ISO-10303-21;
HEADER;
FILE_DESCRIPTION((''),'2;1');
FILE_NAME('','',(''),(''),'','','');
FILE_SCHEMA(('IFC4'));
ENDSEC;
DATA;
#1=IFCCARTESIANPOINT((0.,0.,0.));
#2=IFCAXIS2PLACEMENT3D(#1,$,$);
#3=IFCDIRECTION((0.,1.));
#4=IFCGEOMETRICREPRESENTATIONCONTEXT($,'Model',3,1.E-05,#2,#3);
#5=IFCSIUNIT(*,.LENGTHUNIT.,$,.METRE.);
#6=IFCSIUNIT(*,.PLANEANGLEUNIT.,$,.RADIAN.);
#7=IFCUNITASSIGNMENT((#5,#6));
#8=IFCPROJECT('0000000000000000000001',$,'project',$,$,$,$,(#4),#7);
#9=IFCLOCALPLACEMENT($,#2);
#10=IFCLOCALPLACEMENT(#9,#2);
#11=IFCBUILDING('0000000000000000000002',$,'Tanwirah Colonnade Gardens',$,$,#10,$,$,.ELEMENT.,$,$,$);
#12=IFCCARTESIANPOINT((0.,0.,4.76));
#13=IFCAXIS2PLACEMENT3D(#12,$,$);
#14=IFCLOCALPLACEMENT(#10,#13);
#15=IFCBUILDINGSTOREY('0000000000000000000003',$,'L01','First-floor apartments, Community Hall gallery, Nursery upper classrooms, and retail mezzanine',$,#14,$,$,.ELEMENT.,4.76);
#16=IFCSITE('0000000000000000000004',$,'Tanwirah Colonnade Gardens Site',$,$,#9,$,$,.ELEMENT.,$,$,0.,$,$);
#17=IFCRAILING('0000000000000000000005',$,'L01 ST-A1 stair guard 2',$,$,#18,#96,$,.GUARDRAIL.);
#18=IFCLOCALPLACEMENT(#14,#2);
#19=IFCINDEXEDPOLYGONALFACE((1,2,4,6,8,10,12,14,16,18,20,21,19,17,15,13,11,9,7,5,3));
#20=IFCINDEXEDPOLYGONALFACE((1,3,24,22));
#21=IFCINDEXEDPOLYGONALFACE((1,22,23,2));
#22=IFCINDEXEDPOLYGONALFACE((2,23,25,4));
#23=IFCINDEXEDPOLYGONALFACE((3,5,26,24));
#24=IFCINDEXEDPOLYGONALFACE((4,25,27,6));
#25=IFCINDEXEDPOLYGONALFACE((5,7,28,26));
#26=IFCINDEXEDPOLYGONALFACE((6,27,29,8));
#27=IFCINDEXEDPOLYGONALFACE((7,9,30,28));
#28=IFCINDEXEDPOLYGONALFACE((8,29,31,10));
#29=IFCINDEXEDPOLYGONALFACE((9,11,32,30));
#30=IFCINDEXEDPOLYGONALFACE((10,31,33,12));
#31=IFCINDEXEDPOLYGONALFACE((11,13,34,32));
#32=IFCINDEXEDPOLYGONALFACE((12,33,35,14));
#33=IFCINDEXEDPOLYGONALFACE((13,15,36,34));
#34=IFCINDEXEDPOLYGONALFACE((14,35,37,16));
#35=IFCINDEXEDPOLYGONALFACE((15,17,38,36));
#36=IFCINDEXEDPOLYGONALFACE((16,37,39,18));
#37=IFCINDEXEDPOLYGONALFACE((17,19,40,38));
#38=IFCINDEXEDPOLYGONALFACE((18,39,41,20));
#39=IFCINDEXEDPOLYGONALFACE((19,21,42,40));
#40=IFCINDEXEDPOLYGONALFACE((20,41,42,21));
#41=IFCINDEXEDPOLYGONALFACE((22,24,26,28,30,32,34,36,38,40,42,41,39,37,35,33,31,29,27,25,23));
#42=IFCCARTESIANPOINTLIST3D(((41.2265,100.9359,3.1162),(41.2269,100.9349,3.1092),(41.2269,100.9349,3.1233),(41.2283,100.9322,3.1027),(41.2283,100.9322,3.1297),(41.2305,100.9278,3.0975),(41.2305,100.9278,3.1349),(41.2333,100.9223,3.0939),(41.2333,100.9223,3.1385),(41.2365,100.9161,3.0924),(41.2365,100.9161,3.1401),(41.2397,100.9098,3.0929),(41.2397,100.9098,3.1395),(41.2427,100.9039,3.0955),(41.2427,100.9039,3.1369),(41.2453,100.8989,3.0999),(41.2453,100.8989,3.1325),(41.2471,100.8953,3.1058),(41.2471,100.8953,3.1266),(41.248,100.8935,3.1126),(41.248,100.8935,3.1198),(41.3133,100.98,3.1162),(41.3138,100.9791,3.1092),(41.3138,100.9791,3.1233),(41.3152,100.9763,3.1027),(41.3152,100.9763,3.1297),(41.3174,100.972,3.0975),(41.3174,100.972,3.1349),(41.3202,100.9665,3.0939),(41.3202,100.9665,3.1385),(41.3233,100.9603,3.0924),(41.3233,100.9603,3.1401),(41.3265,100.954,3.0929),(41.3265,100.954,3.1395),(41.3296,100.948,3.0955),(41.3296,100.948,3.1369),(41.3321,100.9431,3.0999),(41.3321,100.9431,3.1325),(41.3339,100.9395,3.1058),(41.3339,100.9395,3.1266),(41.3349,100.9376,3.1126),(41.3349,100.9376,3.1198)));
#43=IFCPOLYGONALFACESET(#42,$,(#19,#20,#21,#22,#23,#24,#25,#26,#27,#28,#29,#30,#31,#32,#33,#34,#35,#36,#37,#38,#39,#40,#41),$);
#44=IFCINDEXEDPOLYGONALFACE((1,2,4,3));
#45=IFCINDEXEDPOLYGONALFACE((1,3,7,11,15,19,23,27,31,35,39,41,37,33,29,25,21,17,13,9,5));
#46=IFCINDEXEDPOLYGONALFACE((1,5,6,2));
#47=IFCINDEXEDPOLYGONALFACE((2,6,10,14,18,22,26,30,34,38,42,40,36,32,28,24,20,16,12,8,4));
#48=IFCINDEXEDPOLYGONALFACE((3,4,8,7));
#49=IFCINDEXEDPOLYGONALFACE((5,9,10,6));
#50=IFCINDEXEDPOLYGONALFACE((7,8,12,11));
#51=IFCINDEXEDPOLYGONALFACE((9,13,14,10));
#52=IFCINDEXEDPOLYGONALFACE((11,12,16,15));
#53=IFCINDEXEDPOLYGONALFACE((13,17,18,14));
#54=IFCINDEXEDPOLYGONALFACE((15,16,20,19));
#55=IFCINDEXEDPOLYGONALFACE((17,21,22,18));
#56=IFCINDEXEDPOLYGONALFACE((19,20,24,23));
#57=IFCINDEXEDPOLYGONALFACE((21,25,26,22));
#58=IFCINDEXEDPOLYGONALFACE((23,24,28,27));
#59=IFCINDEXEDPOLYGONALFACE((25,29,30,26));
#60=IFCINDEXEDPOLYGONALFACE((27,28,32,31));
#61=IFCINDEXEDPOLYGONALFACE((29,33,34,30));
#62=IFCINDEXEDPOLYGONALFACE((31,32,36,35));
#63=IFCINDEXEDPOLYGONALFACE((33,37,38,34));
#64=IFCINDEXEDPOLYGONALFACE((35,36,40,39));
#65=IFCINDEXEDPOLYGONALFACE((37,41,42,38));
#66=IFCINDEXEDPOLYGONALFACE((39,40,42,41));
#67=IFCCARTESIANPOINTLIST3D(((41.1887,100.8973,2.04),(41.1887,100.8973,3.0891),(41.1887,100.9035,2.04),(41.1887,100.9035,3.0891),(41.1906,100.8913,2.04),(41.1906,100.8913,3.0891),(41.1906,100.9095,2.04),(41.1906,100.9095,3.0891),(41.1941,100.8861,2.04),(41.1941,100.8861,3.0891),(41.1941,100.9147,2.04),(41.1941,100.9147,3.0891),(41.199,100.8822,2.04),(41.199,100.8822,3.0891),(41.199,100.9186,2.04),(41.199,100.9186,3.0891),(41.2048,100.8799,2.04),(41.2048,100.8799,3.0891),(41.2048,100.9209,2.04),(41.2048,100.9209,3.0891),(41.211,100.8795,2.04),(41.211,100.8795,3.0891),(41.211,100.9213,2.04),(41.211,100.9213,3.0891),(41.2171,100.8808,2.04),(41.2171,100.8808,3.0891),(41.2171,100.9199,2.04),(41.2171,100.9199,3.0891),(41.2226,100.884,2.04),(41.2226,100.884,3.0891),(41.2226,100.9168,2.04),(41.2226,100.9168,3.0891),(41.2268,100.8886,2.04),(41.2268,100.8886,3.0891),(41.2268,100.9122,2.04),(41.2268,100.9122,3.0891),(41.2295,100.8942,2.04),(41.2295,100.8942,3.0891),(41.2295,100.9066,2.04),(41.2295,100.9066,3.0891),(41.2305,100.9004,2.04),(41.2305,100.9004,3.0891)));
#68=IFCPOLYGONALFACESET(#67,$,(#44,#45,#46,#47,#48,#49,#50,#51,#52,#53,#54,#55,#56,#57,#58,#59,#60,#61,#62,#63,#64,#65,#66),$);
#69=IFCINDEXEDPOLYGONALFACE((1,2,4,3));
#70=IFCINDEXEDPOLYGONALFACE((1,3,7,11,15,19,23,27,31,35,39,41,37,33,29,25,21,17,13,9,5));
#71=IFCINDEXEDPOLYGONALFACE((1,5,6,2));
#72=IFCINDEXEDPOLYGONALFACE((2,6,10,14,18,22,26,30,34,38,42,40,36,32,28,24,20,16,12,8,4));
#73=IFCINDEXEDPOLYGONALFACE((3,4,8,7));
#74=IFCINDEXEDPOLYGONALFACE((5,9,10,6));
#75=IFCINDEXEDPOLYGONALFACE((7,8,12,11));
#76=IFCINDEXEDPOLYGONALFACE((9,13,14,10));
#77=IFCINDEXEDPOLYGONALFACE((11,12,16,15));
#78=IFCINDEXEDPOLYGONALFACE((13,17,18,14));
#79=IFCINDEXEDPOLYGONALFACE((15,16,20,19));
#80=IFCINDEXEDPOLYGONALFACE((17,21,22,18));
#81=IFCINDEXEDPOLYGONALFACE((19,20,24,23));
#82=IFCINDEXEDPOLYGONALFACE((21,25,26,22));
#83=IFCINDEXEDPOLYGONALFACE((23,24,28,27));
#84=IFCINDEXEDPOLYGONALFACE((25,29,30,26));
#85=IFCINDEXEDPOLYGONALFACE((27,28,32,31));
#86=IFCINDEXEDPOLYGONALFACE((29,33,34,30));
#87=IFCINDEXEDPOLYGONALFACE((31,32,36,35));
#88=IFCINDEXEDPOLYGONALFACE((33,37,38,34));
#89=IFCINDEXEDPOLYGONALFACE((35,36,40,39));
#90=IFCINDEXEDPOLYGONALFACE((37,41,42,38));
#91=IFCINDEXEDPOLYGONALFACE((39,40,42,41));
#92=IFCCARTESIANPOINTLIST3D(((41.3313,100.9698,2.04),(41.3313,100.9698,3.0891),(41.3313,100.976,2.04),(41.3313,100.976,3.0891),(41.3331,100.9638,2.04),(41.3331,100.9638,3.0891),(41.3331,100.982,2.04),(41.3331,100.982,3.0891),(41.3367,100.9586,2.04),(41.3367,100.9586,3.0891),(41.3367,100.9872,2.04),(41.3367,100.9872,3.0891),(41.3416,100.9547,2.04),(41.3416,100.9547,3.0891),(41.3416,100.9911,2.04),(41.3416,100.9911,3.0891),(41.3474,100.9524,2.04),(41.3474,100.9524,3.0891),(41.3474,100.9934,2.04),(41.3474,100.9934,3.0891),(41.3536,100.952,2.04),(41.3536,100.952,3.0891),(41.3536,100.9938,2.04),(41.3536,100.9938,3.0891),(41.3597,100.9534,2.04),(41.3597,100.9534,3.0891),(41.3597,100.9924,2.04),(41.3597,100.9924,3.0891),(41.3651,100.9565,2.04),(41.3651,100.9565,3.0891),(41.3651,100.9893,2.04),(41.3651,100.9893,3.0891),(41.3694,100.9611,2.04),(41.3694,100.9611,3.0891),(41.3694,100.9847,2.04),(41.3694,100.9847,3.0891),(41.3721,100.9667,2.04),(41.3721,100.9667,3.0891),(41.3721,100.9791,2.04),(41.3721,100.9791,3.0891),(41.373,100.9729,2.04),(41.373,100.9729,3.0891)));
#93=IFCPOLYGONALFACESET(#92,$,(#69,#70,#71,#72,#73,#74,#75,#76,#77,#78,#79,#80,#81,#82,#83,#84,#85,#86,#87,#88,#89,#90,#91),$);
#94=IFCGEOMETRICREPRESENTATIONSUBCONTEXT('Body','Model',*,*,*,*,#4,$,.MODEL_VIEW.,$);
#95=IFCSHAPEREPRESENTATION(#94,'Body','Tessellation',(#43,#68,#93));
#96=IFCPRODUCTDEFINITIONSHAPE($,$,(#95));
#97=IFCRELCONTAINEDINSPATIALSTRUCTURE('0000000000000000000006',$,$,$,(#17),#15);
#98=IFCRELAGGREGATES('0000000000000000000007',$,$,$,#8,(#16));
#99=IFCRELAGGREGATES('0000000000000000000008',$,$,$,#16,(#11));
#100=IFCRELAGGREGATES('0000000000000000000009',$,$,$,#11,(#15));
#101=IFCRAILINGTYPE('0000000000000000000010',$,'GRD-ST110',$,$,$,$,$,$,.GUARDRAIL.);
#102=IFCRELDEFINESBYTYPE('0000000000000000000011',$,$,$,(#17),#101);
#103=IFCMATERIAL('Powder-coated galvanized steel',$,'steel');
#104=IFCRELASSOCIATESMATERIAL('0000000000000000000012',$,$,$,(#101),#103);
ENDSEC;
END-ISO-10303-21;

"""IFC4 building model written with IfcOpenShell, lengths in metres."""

from ifc_helpers import new_model, si_unit, direction, frame, origin, origin_2d, place, context, subcontext, project, spatial, circle, extrude, material, type_object, element, save


model = new_model("IFC4")

# Units and contexts
model_context = context("Model", 3, precision=1e-05, world=origin(), true_north=direction((0.0, 1.0)))
body_context = subcontext(model_context, "Body", "Model", "MODEL_VIEW")
ifc_project = project(units=[si_unit("LENGTHUNIT", "METRE"), si_unit("PLANEANGLEUNIT", "RADIAN")], contexts=[model_context])

# Site, building, storey
site_placement = place(None, origin())
site = spatial("IfcSite", under=ifc_project, at=site_placement, Name="Tanwirah Colonnade Gardens Site", CompositionType="ELEMENT", RefElevation=0.0)
building_placement = place(site_placement, origin())
building = spatial("IfcBuilding", under=site, at=building_placement, Name="Tanwirah Colonnade Gardens", CompositionType="ELEMENT")
storey_placement = place(building_placement, frame((0.0, 0.0, 4.76)))
storey = spatial("IfcBuildingStorey", under=building, at=storey_placement, Name="L01", Description="First-floor apartments, Community Hall gallery, Nursery upper classrooms, and retail mezzanine", CompositionType="ELEMENT", Elevation=4.76)

# Railing
ifc_material_1 = material(Name="Powder-coated galvanized steel", Category="steel")
railing_type_1 = type_object("IfcRailingType", Name="GRD-ST110", PredefinedType="GUARDRAIL", material=ifc_material_1)
railing_1_placement = place(storey_placement, frame((41.2095, 100.9004, 2.04)))
element("IfcRailing", 1, at=railing_1_placement, inside=storey, type_object=railing_type_1, Name="L01 ST-A1 stair guard 2", PredefinedType="GUARDRAIL", context=body_context, shape_type="SweptSolid", body=[
    extrude(circle(Radius=0.0239, at=origin_2d()), frame((0.0278, 0.0142, 1.0762), z_axis=(0.891354, 0.453308, 0.0), x_axis=(-0.453308, 0.891354, 0.0)), (0.0, 0.0, 1.0), 0.0974),
    extrude(circle(Radius=0.021, at=origin_2d()), origin(), (0.0, 0.0, 1.0), 1.0491),
    extrude(circle(Radius=0.021, at=origin_2d()), frame((0.1426, 0.0725, 0.0)), (0.0, 0.0, 1.0), 1.0491),
])

save(model, "model.ifc")
